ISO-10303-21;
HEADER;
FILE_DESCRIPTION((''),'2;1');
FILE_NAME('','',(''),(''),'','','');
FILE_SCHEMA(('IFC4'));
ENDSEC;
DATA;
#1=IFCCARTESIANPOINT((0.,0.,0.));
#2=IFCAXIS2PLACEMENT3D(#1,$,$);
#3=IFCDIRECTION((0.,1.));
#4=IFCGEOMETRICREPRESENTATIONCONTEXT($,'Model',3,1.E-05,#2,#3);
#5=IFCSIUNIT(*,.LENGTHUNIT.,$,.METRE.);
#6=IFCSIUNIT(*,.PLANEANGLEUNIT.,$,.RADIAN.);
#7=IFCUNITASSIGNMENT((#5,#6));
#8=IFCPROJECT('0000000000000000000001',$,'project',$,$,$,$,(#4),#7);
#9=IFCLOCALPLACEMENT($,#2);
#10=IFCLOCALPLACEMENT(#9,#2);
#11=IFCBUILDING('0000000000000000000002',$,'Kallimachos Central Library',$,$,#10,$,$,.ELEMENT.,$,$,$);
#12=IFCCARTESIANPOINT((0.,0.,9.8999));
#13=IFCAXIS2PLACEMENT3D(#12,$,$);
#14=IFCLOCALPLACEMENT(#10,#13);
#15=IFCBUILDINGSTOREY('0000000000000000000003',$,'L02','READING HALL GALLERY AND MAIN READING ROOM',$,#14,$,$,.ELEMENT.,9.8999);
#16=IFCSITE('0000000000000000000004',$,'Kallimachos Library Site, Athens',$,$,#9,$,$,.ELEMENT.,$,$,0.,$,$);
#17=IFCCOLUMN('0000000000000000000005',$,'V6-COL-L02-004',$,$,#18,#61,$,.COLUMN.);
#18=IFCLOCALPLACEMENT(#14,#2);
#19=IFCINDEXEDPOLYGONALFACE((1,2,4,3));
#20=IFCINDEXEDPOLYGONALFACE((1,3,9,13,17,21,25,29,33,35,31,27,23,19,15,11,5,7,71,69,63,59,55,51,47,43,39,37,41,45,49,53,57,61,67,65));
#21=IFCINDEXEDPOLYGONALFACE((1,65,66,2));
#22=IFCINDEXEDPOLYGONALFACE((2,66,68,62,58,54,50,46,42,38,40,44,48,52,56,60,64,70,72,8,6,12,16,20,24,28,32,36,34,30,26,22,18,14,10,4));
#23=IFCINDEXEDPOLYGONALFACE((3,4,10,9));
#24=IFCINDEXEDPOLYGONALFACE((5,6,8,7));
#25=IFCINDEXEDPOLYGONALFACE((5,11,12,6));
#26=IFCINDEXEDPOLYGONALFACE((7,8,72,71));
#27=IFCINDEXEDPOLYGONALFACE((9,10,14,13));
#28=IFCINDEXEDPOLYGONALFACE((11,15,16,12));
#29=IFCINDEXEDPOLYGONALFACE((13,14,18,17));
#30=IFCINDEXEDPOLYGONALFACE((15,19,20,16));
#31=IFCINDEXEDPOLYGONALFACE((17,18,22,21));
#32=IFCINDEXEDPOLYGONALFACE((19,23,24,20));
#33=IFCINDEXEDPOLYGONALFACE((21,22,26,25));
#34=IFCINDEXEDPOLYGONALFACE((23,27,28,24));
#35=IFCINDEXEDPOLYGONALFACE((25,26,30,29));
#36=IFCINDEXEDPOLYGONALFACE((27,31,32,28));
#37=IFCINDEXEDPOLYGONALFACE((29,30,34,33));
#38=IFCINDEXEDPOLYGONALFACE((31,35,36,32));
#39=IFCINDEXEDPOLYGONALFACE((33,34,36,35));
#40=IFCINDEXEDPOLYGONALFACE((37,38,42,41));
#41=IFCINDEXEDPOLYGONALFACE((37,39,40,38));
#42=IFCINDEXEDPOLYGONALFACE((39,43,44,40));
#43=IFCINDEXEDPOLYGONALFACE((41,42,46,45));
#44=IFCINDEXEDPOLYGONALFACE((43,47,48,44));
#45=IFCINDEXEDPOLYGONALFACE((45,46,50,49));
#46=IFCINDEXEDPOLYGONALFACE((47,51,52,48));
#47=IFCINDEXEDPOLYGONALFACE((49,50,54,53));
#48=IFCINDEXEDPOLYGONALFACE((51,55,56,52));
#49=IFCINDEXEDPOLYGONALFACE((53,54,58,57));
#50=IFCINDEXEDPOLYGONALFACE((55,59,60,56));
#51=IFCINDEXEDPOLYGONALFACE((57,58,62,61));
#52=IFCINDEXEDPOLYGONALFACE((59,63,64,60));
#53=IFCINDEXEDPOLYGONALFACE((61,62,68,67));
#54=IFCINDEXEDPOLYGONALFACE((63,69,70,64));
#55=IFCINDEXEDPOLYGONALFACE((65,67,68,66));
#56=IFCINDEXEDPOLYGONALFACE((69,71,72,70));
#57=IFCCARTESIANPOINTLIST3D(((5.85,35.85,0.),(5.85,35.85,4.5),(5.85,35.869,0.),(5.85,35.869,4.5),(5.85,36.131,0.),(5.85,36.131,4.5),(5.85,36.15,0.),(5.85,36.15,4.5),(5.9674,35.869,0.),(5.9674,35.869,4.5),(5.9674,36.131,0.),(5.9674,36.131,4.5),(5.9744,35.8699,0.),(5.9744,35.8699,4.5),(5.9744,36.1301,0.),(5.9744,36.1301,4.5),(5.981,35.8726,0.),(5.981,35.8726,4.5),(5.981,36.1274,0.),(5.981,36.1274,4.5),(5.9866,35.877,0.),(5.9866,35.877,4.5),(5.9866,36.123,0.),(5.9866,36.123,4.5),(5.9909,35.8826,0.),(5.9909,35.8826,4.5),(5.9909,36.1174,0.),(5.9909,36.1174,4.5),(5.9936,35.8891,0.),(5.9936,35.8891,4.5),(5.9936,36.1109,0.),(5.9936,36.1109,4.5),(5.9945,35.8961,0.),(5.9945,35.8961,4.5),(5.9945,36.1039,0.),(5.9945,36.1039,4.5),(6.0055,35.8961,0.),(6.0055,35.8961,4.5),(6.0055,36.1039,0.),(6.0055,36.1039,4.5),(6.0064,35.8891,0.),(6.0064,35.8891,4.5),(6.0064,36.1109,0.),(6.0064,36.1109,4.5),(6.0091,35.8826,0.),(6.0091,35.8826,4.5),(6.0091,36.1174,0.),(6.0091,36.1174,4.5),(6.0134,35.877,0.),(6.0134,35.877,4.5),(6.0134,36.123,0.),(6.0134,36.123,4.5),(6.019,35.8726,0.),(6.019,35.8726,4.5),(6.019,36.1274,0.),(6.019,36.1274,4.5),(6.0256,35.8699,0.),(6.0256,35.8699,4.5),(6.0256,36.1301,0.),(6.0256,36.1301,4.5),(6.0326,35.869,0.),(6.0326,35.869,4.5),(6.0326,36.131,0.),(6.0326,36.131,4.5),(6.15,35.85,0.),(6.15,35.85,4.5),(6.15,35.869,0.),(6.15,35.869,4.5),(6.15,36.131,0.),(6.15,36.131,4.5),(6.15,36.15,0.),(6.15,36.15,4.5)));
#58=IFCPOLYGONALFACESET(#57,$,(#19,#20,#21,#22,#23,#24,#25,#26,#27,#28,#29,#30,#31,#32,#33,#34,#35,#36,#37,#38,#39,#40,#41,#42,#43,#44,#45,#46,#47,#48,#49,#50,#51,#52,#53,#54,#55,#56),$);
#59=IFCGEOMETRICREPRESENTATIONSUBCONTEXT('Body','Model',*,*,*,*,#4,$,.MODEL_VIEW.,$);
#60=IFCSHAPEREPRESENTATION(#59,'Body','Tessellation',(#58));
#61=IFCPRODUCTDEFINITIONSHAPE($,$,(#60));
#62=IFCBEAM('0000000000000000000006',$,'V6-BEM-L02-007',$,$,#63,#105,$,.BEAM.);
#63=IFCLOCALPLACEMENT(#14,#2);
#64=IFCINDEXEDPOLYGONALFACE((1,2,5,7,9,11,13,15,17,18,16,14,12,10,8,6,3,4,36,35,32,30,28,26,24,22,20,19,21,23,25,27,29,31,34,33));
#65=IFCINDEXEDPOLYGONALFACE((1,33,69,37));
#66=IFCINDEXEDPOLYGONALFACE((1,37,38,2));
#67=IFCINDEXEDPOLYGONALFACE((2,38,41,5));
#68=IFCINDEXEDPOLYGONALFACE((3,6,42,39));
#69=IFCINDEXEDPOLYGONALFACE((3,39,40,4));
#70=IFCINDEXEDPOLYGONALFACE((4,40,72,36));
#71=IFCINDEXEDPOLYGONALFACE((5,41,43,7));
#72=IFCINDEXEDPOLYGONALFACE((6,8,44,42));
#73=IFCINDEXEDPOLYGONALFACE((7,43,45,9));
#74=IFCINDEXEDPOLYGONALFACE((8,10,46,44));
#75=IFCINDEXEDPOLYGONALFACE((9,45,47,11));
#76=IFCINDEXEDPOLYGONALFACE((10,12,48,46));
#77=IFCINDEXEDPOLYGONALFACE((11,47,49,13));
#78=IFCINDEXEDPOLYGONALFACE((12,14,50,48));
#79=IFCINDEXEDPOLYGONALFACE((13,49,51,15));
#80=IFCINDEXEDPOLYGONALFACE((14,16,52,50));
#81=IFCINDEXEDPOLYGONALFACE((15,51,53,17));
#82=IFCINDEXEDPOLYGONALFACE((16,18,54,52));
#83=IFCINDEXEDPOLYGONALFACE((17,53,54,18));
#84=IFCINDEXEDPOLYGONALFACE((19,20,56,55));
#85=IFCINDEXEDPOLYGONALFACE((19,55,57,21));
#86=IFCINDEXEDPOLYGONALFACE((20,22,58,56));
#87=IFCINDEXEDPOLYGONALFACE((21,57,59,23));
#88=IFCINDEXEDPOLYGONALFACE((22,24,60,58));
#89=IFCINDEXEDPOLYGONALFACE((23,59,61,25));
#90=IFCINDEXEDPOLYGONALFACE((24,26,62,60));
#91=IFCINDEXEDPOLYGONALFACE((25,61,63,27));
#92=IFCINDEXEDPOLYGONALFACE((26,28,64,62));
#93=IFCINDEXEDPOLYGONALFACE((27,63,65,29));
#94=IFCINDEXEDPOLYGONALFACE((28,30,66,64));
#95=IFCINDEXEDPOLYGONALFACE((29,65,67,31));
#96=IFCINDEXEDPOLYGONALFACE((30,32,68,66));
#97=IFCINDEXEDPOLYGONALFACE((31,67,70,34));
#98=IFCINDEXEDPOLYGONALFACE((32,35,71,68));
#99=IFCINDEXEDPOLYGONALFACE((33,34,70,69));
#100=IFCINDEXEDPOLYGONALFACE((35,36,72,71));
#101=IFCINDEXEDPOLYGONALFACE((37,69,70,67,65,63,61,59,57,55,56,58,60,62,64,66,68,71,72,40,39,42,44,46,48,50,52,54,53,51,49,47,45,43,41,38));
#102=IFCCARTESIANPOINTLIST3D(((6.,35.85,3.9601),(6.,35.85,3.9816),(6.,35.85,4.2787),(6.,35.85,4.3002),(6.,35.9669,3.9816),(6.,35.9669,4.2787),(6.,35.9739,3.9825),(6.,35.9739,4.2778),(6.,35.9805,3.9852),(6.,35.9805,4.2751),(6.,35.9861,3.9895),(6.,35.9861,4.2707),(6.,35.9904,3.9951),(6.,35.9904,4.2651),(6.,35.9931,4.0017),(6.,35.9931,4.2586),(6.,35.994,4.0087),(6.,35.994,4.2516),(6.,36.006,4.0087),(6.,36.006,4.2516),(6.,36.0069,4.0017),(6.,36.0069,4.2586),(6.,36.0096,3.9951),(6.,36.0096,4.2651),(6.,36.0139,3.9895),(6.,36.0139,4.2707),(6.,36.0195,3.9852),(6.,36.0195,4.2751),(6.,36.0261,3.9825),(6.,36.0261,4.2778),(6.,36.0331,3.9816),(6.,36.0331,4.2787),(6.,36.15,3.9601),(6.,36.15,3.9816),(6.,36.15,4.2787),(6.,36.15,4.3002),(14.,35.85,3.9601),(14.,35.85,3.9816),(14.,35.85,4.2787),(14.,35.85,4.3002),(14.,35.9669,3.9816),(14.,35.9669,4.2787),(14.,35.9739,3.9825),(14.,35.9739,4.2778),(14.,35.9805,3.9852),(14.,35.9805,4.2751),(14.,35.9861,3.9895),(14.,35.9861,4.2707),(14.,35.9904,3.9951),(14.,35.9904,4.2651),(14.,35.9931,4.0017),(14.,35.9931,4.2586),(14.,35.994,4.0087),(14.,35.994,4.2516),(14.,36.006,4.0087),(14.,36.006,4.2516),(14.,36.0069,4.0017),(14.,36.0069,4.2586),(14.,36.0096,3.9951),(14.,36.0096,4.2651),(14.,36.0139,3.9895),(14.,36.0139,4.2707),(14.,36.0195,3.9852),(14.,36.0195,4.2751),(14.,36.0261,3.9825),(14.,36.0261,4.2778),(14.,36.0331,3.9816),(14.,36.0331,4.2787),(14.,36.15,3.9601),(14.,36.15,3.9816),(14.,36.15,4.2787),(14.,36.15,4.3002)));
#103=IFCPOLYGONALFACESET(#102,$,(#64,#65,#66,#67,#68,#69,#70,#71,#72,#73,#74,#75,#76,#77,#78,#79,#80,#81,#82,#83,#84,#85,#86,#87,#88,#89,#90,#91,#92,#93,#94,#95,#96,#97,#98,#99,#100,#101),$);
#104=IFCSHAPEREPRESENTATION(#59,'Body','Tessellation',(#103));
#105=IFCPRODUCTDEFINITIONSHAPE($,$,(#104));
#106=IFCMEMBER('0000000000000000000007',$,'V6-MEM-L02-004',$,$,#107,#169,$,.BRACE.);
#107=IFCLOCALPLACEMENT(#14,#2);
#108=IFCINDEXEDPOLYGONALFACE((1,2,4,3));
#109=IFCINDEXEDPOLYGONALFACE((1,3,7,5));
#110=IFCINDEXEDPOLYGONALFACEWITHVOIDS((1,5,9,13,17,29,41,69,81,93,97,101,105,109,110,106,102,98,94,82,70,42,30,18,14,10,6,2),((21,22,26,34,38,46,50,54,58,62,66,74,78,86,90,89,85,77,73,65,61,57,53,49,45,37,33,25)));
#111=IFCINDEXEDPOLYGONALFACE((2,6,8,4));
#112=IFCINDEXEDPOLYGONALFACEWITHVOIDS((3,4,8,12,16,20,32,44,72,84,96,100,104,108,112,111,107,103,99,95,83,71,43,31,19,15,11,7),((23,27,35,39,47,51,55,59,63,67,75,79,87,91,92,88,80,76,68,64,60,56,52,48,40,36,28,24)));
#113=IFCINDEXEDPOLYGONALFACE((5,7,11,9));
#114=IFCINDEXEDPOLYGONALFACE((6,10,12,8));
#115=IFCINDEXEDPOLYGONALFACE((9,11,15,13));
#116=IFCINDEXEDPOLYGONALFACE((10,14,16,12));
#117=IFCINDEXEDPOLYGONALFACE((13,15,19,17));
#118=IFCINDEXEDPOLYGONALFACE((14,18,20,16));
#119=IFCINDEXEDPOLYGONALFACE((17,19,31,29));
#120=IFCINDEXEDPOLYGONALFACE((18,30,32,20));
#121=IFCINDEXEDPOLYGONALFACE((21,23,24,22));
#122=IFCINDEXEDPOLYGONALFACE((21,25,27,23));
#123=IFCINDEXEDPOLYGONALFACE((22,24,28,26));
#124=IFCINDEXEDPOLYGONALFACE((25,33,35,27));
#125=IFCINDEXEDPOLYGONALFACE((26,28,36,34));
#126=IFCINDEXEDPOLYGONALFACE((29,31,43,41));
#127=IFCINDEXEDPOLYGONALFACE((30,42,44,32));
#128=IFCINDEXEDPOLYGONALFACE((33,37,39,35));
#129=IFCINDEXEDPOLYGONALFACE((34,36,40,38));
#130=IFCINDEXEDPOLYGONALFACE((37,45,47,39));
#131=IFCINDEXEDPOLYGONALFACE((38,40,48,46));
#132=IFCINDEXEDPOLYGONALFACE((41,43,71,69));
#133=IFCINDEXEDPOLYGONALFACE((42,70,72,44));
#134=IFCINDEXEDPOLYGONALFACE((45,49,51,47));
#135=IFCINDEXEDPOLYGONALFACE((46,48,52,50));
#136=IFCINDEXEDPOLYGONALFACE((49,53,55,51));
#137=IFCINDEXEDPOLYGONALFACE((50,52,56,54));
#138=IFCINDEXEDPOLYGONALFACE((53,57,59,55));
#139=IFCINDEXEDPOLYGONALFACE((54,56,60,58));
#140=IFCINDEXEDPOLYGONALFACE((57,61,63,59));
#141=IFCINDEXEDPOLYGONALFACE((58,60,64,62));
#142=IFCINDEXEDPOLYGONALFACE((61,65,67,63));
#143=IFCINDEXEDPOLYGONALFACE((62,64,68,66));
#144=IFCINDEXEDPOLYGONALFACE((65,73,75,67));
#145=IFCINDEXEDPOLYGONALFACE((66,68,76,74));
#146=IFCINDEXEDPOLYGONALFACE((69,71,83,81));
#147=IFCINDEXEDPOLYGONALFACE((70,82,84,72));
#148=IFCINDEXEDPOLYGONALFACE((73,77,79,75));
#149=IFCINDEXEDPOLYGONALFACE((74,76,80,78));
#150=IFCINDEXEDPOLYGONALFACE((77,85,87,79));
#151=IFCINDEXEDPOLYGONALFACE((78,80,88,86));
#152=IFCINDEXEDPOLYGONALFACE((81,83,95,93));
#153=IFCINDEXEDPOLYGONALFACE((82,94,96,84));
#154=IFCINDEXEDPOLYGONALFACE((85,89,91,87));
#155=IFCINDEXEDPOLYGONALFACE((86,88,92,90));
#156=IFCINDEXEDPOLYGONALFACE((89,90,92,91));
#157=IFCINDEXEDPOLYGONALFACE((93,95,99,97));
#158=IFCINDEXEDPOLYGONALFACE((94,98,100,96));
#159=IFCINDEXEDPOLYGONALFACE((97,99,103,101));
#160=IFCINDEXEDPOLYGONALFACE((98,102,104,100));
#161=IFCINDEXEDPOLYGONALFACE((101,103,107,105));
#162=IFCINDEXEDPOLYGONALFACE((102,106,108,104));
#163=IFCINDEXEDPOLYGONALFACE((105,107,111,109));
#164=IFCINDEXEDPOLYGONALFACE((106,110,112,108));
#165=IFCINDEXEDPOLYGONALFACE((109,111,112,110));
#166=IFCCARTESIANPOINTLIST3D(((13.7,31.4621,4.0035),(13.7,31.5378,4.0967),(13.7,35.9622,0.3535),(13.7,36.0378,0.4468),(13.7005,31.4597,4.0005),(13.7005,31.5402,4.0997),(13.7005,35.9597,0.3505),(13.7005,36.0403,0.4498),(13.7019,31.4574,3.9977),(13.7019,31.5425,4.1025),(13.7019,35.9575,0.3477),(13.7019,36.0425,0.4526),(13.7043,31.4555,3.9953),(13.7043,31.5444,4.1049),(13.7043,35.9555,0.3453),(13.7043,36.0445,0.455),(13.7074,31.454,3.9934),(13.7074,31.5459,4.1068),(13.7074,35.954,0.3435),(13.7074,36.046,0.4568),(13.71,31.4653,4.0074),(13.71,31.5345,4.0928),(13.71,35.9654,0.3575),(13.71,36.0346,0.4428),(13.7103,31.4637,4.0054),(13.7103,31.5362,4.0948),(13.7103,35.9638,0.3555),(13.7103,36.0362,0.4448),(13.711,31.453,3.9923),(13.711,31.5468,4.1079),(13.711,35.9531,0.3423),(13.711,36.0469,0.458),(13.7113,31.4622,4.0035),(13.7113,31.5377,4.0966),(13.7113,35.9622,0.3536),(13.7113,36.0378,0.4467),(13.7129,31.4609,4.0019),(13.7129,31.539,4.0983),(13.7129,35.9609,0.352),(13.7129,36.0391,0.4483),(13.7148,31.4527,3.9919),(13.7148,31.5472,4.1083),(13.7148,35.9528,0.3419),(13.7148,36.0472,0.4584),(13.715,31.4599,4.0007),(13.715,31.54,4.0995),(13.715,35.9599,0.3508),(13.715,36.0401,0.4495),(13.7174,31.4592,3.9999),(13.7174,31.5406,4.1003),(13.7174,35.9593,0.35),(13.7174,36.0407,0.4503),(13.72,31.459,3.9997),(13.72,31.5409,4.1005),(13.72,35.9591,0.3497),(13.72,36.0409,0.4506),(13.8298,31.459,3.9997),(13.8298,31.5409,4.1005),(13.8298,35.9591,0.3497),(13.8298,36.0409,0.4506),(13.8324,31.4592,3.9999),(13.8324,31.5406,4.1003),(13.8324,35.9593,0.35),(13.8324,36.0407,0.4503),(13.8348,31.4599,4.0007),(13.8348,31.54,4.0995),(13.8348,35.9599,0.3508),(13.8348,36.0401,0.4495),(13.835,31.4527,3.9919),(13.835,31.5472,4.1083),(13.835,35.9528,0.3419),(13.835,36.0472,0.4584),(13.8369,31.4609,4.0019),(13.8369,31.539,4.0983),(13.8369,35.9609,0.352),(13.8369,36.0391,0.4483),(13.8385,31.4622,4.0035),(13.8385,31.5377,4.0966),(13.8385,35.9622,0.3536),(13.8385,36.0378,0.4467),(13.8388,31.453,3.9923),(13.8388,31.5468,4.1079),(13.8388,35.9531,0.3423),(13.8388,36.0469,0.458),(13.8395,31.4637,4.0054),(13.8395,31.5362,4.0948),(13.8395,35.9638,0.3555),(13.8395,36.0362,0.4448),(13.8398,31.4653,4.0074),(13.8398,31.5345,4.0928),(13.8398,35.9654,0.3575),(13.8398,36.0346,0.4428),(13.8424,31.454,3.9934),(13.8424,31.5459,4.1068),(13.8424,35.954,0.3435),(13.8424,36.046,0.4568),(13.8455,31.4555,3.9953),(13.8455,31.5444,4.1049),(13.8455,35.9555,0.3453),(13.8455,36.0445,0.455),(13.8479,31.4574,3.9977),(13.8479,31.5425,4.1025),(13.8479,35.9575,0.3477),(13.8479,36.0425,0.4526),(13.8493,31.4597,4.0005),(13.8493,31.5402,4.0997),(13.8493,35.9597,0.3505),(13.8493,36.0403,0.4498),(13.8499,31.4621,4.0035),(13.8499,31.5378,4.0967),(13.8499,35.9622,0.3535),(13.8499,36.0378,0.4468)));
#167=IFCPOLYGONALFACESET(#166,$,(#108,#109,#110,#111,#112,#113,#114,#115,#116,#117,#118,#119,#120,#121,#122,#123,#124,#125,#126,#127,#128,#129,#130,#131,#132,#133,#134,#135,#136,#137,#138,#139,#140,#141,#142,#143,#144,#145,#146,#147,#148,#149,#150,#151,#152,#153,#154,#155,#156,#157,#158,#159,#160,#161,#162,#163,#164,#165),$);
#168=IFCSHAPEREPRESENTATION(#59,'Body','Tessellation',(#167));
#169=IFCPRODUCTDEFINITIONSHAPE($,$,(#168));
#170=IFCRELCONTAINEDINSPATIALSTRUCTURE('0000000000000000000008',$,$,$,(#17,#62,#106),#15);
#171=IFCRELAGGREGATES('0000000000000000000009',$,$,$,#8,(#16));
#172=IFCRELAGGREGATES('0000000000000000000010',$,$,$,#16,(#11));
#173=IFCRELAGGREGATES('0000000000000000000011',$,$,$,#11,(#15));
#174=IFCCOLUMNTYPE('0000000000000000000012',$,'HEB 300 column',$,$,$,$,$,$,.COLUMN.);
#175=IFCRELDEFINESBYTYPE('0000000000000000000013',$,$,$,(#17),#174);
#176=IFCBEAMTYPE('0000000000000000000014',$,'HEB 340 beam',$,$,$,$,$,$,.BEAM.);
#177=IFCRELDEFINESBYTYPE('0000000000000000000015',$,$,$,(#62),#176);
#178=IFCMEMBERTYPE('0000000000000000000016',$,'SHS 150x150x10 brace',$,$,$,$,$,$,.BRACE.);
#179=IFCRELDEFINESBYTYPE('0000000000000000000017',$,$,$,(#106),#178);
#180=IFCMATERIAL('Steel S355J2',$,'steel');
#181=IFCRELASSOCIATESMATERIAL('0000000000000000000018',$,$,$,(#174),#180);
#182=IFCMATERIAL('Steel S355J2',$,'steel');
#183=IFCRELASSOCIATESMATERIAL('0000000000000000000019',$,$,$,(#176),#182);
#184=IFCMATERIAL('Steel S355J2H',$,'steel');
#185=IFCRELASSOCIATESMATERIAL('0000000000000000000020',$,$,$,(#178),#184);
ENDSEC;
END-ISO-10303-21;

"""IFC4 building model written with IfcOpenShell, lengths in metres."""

from ifc_helpers import new_model, si_unit, direction, frame, origin, origin_2d, place, context, subcontext, project, spatial, hollow_rectangle, i_section, extrude, material, material_profile, profile_set, type_object, element, save


model = new_model("IFC4")

# Units and contexts
model_context = context("Model", 3, precision=1e-05, world=origin(), true_north=direction((0.0, 1.0)))
body_context = subcontext(model_context, "Body", "Model", "MODEL_VIEW")
ifc_project = project(units=[si_unit("LENGTHUNIT", "METRE"), si_unit("PLANEANGLEUNIT", "RADIAN")], contexts=[model_context])

# Site, building, storey
site_placement = place(None, origin())
site = spatial("IfcSite", under=ifc_project, at=site_placement, Name="Kallimachos Library Site, Athens", CompositionType="ELEMENT", RefElevation=0.0)
building_placement = place(site_placement, origin())
building = spatial("IfcBuilding", under=site, at=building_placement, Name="Kallimachos Central Library", CompositionType="ELEMENT")
storey_placement = place(building_placement, frame((0.0, 0.0, 9.8999)))
storey = spatial("IfcBuildingStorey", under=building, at=storey_placement, Name="L02", Description="READING HALL GALLERY AND MAIN READING ROOM", CompositionType="ELEMENT", Elevation=9.8999)

# Column
ifc_material_1 = material(Name="Steel S355J2", Category="steel")
ifc_material_profile_1 = material_profile(ifc_material_1, i_section(OverallWidth=0.3, OverallDepth=0.3, WebThickness=0.011, FlangeThickness=0.019, FilletRadius=0.0271, at=origin_2d()), Name="HEB 300")
ifc_profile_set_1 = profile_set([ifc_material_profile_1], Name="Steel S355J2")
column_type = type_object("IfcColumnType", Name="HEB 300 column", PredefinedType="COLUMN", material=ifc_profile_set_1)
column_placement = place(storey_placement, frame((6.0, 36.0, 0.0), z_axis=(0.0, 0.0, 1.0), x_axis=(1.0, 0.0, 0.0)))
element("IfcColumn", 1, at=column_placement, inside=storey, type_object=column_type, Name="V6-COL-L02-004", PredefinedType="COLUMN", context=body_context, shape_type="SweptSolid", body=[
    extrude(i_section(OverallWidth=0.3, OverallDepth=0.3, WebThickness=0.011, FlangeThickness=0.019, FilletRadius=0.0271, at=origin_2d()), origin(), (0.0, 0.0, 1.0), 4.5),
])

# Beam
ifc_material_2 = material(Name="Steel S355J2", Category="steel")
ifc_material_profile_2 = material_profile(ifc_material_2, i_section(OverallWidth=0.3, OverallDepth=0.3401, WebThickness=0.012, FlangeThickness=0.0215, FilletRadius=0.0271, at=origin_2d()), Name="HEB 340")
ifc_profile_set_2 = profile_set([ifc_material_profile_2], Name="Steel S355J2")
beam_type = type_object("IfcBeamType", Name="HEB 340 beam", PredefinedType="BEAM", material=ifc_profile_set_2)
beam_placement = place(storey_placement, frame((6.0, 36.0, 4.1301), z_axis=(1.0, 0.0, 0.0), x_axis=(0.0, 1.0, 0.0)))
element("IfcBeam", 2, at=beam_placement, inside=storey, type_object=beam_type, Name="V6-BEM-L02-007", PredefinedType="BEAM", context=body_context, shape_type="SweptSolid", body=[
    extrude(i_section(OverallWidth=0.3, OverallDepth=0.3401, WebThickness=0.012, FlangeThickness=0.0215, FilletRadius=0.0271, at=origin_2d()), origin(), (0.0, 0.0, 1.0), 8.0),
])

# Member
ifc_material_3 = material(Name="Steel S355J2H", Category="steel")
ifc_material_profile_3 = material_profile(ifc_material_3, hollow_rectangle(XDim=0.1499, YDim=0.1499, WallThickness=0.01, InnerFilletRadius=0.01, OuterFilletRadius=0.0149, at=origin_2d()), Name="SHS 150x150x10")
ifc_profile_set_3 = profile_set([ifc_material_profile_3], Name="Steel S355J2H")
member_type = type_object("IfcMemberType", Name="SHS 150x150x10 brace", PredefinedType="BRACE", material=ifc_profile_set_3)
member_placement = place(storey_placement, frame((13.7749, 36.0, 0.4001), z_axis=(0.0, -0.77665, 0.629932), x_axis=(1.0, 0.0, 0.0)))
element("IfcMember", 3, at=member_placement, inside=storey, type_object=member_type, Name="V6-MEM-L02-004", PredefinedType="BRACE", context=body_context, shape_type="SweptSolid", body=[
    extrude(hollow_rectangle(XDim=0.1499, YDim=0.1499, WallThickness=0.01, InnerFilletRadius=0.01, OuterFilletRadius=0.0149, at=origin_2d()), origin(), (0.0, 0.0, 1.0), 5.7942),
])

save(model, "model.ifc")
